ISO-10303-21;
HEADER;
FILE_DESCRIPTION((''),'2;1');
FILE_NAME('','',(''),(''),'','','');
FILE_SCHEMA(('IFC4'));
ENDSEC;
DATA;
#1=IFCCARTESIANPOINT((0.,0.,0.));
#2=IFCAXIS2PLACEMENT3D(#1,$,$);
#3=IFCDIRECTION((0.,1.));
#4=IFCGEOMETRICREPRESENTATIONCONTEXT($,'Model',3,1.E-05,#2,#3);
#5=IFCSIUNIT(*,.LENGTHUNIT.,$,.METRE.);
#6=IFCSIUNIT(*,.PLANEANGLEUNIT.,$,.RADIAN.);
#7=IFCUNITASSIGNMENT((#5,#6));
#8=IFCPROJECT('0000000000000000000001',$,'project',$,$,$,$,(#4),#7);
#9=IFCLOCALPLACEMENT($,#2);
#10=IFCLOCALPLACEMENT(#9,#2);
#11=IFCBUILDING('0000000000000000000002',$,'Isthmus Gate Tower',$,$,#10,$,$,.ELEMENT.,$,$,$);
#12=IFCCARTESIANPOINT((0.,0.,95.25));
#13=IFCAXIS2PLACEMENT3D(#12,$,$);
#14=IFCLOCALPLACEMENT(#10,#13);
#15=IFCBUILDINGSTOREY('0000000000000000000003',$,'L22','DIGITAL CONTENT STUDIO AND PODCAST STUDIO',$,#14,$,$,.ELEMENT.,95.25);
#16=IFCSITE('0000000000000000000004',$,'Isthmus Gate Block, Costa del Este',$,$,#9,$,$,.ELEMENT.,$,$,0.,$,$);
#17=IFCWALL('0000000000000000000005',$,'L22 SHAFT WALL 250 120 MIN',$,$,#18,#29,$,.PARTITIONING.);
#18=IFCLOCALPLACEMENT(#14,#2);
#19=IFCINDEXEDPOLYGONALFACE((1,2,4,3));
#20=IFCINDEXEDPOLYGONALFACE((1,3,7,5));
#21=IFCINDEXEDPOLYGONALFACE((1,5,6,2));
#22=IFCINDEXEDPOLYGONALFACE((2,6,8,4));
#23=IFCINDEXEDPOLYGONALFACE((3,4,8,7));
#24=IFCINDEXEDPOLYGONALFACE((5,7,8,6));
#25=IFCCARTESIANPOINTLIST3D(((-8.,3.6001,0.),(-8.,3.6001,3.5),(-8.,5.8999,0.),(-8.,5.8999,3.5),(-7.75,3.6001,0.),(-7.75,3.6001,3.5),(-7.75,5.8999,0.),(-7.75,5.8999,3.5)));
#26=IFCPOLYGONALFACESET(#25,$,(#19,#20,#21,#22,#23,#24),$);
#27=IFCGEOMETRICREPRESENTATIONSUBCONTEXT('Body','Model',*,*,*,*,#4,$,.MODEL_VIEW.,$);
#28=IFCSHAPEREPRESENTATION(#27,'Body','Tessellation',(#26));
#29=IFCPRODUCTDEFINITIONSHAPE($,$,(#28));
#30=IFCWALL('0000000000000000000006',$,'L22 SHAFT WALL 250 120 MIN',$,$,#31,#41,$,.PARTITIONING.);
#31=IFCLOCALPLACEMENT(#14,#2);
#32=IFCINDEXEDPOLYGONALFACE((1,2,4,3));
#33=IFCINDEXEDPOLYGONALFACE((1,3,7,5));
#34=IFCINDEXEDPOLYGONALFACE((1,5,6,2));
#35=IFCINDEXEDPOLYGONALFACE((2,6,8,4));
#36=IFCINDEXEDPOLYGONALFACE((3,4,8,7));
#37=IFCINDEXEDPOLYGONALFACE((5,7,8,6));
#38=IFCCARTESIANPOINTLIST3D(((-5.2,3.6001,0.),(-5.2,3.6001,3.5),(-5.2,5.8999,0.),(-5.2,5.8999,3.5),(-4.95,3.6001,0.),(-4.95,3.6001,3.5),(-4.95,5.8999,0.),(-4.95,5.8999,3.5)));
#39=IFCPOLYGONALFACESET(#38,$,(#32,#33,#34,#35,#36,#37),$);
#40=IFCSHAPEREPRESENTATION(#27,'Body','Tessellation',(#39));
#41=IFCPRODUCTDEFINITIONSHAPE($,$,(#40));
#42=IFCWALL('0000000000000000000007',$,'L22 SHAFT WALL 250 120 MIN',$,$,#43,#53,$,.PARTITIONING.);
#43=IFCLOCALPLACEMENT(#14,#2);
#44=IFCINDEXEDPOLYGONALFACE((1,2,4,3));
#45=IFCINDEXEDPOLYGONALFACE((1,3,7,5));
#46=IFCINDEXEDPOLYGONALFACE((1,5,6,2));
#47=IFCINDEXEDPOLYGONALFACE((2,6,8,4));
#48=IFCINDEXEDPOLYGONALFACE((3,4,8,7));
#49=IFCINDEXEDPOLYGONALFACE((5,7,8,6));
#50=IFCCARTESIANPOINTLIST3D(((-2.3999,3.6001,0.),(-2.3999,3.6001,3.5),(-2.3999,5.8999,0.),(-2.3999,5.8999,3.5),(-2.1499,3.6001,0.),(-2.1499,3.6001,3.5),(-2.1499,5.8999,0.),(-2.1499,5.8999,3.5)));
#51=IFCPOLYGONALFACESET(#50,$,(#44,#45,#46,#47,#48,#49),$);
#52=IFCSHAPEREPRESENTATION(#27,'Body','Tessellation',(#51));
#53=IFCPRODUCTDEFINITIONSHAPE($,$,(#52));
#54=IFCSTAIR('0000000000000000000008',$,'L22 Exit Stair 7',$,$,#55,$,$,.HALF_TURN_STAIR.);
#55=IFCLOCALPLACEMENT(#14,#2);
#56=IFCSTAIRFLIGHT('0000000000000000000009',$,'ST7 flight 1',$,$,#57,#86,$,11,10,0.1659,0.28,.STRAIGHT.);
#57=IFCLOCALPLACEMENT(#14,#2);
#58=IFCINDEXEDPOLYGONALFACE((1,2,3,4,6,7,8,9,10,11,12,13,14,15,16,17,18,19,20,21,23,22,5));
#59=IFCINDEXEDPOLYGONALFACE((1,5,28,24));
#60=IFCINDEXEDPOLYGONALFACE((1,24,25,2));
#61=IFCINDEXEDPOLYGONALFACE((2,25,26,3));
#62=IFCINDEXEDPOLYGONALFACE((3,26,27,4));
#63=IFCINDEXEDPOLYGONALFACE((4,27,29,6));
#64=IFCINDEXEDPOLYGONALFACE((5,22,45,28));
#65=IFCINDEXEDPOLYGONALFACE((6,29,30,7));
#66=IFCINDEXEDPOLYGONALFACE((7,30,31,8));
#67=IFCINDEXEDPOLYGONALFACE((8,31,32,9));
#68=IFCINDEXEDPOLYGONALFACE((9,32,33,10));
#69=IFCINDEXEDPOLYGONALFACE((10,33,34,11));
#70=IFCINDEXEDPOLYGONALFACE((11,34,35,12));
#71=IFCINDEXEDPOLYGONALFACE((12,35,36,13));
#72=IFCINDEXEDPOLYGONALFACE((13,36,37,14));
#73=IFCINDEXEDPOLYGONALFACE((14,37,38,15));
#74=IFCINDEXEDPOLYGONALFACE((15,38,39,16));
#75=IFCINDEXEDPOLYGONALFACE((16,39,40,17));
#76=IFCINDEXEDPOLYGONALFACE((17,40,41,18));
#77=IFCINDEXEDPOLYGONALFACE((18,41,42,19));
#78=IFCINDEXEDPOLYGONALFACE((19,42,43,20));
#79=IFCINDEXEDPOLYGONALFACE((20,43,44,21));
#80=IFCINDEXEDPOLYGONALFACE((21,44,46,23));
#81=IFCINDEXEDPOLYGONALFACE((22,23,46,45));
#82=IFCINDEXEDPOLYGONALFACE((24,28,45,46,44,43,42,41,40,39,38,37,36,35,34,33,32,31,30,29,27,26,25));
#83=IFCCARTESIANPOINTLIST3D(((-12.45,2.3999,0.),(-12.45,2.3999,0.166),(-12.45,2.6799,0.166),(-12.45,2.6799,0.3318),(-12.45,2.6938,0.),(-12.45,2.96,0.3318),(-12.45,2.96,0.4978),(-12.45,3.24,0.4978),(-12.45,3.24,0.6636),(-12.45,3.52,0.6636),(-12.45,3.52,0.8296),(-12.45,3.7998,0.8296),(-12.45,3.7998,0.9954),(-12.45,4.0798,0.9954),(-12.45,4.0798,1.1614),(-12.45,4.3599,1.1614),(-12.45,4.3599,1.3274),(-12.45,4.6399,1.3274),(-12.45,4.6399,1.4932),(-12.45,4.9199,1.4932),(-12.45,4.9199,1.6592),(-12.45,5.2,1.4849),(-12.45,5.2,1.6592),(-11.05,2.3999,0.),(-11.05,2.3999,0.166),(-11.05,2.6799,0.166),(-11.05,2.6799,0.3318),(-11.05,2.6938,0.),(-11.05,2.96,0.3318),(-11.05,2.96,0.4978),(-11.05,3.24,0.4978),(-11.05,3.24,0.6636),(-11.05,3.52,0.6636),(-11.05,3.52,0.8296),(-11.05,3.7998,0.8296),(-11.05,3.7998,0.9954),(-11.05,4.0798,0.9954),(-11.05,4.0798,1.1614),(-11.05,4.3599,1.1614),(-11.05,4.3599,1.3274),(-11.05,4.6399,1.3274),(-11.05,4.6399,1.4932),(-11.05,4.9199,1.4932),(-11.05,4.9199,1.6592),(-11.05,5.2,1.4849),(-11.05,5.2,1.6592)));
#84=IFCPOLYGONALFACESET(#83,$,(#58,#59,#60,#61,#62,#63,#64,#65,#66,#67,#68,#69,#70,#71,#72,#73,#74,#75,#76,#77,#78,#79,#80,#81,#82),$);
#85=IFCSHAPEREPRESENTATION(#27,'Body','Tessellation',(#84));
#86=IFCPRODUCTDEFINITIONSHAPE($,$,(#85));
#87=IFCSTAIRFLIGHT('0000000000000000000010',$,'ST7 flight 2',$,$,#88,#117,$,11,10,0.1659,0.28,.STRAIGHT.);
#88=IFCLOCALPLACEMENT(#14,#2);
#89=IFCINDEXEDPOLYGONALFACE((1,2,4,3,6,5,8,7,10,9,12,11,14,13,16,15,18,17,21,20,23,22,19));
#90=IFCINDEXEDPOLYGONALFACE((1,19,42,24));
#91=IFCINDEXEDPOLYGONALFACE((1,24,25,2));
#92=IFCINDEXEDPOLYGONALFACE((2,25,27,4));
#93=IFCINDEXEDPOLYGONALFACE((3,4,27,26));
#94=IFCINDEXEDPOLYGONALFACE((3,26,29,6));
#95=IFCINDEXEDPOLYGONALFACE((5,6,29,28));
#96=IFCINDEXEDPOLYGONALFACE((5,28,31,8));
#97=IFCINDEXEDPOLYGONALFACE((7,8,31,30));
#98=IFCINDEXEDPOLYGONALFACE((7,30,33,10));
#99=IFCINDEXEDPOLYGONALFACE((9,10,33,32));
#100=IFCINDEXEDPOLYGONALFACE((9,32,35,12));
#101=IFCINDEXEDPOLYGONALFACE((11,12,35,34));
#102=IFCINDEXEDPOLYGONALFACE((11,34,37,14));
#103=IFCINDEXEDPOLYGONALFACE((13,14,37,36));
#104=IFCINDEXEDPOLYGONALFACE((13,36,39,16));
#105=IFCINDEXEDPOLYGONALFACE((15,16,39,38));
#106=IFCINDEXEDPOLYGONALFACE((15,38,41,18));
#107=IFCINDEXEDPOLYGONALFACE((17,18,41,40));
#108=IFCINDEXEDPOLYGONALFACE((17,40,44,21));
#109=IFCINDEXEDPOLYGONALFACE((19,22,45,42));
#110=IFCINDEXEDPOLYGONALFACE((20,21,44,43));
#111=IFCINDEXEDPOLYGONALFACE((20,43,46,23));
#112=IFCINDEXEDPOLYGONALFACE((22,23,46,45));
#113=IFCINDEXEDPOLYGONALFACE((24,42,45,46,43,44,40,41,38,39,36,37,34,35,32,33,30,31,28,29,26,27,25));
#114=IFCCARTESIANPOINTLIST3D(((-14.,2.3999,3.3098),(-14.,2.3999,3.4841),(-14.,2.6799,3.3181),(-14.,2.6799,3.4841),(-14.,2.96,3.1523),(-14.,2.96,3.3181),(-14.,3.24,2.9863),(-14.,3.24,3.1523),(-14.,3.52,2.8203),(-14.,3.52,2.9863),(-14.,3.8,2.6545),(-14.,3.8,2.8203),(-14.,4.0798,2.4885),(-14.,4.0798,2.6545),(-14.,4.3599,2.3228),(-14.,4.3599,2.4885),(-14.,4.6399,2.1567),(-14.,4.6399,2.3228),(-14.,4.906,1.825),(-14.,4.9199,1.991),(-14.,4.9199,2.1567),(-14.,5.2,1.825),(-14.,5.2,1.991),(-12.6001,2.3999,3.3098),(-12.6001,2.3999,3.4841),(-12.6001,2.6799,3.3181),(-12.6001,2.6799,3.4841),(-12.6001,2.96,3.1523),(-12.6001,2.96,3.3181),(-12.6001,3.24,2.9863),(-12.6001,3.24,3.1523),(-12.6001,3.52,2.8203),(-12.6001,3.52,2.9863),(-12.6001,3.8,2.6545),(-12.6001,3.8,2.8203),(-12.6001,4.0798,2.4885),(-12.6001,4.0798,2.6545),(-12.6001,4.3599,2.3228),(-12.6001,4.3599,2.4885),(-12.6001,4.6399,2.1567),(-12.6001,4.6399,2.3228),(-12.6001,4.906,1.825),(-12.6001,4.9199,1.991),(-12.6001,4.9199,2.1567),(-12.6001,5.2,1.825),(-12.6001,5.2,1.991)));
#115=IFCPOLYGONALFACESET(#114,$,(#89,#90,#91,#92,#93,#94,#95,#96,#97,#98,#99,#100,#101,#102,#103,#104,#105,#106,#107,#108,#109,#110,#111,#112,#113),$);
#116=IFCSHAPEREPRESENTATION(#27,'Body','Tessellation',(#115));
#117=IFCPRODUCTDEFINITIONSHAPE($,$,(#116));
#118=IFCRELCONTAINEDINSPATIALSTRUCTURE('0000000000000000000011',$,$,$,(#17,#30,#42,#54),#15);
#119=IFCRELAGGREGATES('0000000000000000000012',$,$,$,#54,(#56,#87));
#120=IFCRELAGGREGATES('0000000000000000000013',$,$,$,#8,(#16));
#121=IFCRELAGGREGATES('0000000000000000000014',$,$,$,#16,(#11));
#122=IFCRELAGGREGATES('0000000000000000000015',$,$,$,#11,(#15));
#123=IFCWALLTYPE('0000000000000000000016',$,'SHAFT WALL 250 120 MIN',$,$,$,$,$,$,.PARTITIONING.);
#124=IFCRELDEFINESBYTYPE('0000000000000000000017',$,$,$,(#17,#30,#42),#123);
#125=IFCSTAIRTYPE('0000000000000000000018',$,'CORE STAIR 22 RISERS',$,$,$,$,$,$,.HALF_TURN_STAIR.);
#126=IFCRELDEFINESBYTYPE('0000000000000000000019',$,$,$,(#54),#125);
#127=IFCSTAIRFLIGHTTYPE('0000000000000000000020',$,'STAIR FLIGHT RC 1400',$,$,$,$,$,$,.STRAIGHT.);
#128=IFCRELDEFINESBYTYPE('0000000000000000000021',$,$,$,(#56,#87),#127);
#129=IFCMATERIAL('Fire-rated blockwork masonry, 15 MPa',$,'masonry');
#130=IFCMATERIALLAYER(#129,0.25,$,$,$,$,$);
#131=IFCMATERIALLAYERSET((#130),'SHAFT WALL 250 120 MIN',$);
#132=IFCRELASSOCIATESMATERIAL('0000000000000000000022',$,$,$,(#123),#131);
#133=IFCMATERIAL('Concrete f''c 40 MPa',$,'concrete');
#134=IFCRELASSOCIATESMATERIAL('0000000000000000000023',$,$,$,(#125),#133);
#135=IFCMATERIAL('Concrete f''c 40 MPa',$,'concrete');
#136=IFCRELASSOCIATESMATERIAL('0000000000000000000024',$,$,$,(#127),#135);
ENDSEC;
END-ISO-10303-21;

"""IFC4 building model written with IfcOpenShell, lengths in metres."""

from ifc_helpers import new_model, si_unit, direction, frame, frame_2d, origin, place, context, subcontext, project, spatial, polyline, rectangle, outline, extrude, material, layer, layer_set, type_object, element, aggregate, save


model = new_model("IFC4")

# Units and contexts
model_context = context("Model", 3, precision=1e-05, world=origin(), true_north=direction((0.0, 1.0)))
body_context = subcontext(model_context, "Body", "Model", "MODEL_VIEW")
ifc_project = project(units=[si_unit("LENGTHUNIT", "METRE"), si_unit("PLANEANGLEUNIT", "RADIAN")], contexts=[model_context])

# Site, building, storey
site_placement = place(None, origin())
site = spatial("IfcSite", under=ifc_project, at=site_placement, Name="Isthmus Gate Block, Costa del Este", CompositionType="ELEMENT", RefElevation=0.0)
building_placement = place(site_placement, origin())
building = spatial("IfcBuilding", under=site, at=building_placement, Name="Isthmus Gate Tower", CompositionType="ELEMENT")
storey_placement = place(building_placement, frame((0.0, 0.0, 95.25)))
storey = spatial("IfcBuildingStorey", under=building, at=storey_placement, Name="L22", Description="DIGITAL CONTENT STUDIO AND PODCAST STUDIO", CompositionType="ELEMENT", Elevation=95.25)

# Walls
ifc_material_1 = material(Name="Fire-rated blockwork masonry, 15 MPa", Category="masonry")
ifc_layer_1 = layer(ifc_material_1, 0.25)
ifc_layer_set_1 = layer_set([ifc_layer_1], Name="SHAFT WALL 250 120 MIN")
wall_type_1 = type_object("IfcWallType", Name="SHAFT WALL 250 120 MIN", PredefinedType="PARTITIONING", material=ifc_layer_set_1)
for number, where, z_axis, x_axis, name in (
    (1, (-7.875, 3.6001, 0.0), (0.0, 0.0, 1.0), (0.0, 1.0, 0.0), "L22 SHAFT WALL 250 120 MIN"),
    (2, (-5.075, 3.6001, 0.0), (0.0, 0.0, 1.0), (0.0, 1.0, 0.0), "L22 SHAFT WALL 250 120 MIN"),
    (3, (-2.2749, 3.6001, 0.0), (0.0, 0.0, 1.0), (0.0, 1.0, 0.0), "L22 SHAFT WALL 250 120 MIN"),
):
    element("IfcWall", number, at=place(storey_placement, frame(where, z_axis=z_axis, x_axis=x_axis)), inside=storey, type_object=wall_type_1, Name=name, PredefinedType="PARTITIONING", context=body_context, shape_type="SweptSolid", body=[
        extrude(rectangle(XDim=2.2998, YDim=0.25, at=frame_2d((1.1499, 0.0))), origin(), (0.0, 0.0, 1.0), 3.5),
    ])

# Stair, stair flights
ifc_material_2 = material(Name="Concrete f'c 40 MPa", Category="concrete")
stair_type = type_object("IfcStairType", Name="CORE STAIR 22 RISERS", PredefinedType="HALF_TURN_STAIR", material=ifc_material_2)
stair_placement = place(storey_placement, origin())
stair = element("IfcStair", 4, at=stair_placement, inside=storey, type_object=stair_type, Name="L22 Exit Stair 7", PredefinedType="HALF_TURN_STAIR")
ifc_material_3 = material(Name="Concrete f'c 40 MPa", Category="concrete")
stair_flight_type = type_object("IfcStairFlightType", Name="STAIR FLIGHT RC 1400", PredefinedType="STRAIGHT", material=ifc_material_3)
stair_flight_1_placement = place(storey_placement, frame((-11.75, 2.3999, 0.0), z_axis=(0.0, 0.0, 1.0), x_axis=(0.0, 1.0, 0.0)))
stair_flight_1 = element("IfcStairFlight", 5, at=stair_flight_1_placement, type_object=stair_flight_type, Name="ST7 flight 1", NumberOfRisers=11, NumberOfTreads=10, PredefinedType="STRAIGHT", RiserHeight=0.1659, TreadLength=0.28, context=body_context, shape_type="SweptSolid", body=[
    extrude(outline(polyline([(0.0, 0.0), (0.0, 0.166), (0.28, 0.166), (0.28, 0.3318), (0.5601, 0.3318), (0.5601, 0.4978), (0.8401, 0.4978), (0.8401, 0.6636), (1.1201, 0.6636), (1.1201, 0.8296), (1.3999, 0.8296), (1.3999, 0.9954), (1.6799, 0.9954), (1.6799, 1.1614), (1.96, 1.1614), (1.96, 1.3274), (2.24, 1.3274), (2.24, 1.4932), (2.52, 1.4932), (2.52, 1.6592), (2.8, 1.6592), (2.8, 1.825), (2.8, 1.4849), (0.2939, 0.0), (0.0, 0.0)])), frame((0.0, 0.7, 0.0), z_axis=(0.0, -1.0, 0.0), x_axis=(1.0, 0.0, 0.0)), (0.0, 0.0, 1.0), 1.3999),
])
stair_flight_2_placement = place(storey_placement, frame((-13.3, 5.2, 1.825), z_axis=(0.0, 0.0, 1.0), x_axis=(0.0, -1.0, 0.0)))
stair_flight_2 = element("IfcStairFlight", 6, at=stair_flight_2_placement, type_object=stair_flight_type, Name="ST7 flight 2", NumberOfRisers=11, NumberOfTreads=10, PredefinedType="STRAIGHT", RiserHeight=0.1659, TreadLength=0.28, context=body_context, shape_type="SweptSolid", body=[
    extrude(outline(polyline([(0.0, 0.0), (0.0, 0.166), (0.28, 0.166), (0.28, 0.3318), (0.5601, 0.3318), (0.5601, 0.4978), (0.8401, 0.4978), (0.8401, 0.6636), (1.1201, 0.6636), (1.1201, 0.8296), (1.3999, 0.8296), (1.3999, 0.9954), (1.6799, 0.9954), (1.6799, 1.1614), (1.96, 1.1614), (1.96, 1.3274), (2.24, 1.3274), (2.24, 1.4932), (2.52, 1.4932), (2.52, 1.6592), (2.8, 1.6592), (2.8, 1.825), (2.8, 1.4849), (0.2939, 0.0), (0.0, 0.0)])), frame((0.0, 0.7, 0.0), z_axis=(0.0, -1.0, 0.0), x_axis=(1.0, 0.0, 0.0)), (0.0, 0.0, 1.0), 1.3999),
])
aggregate(stair, [stair_flight_1, stair_flight_2])

save(model, "model.ifc")
